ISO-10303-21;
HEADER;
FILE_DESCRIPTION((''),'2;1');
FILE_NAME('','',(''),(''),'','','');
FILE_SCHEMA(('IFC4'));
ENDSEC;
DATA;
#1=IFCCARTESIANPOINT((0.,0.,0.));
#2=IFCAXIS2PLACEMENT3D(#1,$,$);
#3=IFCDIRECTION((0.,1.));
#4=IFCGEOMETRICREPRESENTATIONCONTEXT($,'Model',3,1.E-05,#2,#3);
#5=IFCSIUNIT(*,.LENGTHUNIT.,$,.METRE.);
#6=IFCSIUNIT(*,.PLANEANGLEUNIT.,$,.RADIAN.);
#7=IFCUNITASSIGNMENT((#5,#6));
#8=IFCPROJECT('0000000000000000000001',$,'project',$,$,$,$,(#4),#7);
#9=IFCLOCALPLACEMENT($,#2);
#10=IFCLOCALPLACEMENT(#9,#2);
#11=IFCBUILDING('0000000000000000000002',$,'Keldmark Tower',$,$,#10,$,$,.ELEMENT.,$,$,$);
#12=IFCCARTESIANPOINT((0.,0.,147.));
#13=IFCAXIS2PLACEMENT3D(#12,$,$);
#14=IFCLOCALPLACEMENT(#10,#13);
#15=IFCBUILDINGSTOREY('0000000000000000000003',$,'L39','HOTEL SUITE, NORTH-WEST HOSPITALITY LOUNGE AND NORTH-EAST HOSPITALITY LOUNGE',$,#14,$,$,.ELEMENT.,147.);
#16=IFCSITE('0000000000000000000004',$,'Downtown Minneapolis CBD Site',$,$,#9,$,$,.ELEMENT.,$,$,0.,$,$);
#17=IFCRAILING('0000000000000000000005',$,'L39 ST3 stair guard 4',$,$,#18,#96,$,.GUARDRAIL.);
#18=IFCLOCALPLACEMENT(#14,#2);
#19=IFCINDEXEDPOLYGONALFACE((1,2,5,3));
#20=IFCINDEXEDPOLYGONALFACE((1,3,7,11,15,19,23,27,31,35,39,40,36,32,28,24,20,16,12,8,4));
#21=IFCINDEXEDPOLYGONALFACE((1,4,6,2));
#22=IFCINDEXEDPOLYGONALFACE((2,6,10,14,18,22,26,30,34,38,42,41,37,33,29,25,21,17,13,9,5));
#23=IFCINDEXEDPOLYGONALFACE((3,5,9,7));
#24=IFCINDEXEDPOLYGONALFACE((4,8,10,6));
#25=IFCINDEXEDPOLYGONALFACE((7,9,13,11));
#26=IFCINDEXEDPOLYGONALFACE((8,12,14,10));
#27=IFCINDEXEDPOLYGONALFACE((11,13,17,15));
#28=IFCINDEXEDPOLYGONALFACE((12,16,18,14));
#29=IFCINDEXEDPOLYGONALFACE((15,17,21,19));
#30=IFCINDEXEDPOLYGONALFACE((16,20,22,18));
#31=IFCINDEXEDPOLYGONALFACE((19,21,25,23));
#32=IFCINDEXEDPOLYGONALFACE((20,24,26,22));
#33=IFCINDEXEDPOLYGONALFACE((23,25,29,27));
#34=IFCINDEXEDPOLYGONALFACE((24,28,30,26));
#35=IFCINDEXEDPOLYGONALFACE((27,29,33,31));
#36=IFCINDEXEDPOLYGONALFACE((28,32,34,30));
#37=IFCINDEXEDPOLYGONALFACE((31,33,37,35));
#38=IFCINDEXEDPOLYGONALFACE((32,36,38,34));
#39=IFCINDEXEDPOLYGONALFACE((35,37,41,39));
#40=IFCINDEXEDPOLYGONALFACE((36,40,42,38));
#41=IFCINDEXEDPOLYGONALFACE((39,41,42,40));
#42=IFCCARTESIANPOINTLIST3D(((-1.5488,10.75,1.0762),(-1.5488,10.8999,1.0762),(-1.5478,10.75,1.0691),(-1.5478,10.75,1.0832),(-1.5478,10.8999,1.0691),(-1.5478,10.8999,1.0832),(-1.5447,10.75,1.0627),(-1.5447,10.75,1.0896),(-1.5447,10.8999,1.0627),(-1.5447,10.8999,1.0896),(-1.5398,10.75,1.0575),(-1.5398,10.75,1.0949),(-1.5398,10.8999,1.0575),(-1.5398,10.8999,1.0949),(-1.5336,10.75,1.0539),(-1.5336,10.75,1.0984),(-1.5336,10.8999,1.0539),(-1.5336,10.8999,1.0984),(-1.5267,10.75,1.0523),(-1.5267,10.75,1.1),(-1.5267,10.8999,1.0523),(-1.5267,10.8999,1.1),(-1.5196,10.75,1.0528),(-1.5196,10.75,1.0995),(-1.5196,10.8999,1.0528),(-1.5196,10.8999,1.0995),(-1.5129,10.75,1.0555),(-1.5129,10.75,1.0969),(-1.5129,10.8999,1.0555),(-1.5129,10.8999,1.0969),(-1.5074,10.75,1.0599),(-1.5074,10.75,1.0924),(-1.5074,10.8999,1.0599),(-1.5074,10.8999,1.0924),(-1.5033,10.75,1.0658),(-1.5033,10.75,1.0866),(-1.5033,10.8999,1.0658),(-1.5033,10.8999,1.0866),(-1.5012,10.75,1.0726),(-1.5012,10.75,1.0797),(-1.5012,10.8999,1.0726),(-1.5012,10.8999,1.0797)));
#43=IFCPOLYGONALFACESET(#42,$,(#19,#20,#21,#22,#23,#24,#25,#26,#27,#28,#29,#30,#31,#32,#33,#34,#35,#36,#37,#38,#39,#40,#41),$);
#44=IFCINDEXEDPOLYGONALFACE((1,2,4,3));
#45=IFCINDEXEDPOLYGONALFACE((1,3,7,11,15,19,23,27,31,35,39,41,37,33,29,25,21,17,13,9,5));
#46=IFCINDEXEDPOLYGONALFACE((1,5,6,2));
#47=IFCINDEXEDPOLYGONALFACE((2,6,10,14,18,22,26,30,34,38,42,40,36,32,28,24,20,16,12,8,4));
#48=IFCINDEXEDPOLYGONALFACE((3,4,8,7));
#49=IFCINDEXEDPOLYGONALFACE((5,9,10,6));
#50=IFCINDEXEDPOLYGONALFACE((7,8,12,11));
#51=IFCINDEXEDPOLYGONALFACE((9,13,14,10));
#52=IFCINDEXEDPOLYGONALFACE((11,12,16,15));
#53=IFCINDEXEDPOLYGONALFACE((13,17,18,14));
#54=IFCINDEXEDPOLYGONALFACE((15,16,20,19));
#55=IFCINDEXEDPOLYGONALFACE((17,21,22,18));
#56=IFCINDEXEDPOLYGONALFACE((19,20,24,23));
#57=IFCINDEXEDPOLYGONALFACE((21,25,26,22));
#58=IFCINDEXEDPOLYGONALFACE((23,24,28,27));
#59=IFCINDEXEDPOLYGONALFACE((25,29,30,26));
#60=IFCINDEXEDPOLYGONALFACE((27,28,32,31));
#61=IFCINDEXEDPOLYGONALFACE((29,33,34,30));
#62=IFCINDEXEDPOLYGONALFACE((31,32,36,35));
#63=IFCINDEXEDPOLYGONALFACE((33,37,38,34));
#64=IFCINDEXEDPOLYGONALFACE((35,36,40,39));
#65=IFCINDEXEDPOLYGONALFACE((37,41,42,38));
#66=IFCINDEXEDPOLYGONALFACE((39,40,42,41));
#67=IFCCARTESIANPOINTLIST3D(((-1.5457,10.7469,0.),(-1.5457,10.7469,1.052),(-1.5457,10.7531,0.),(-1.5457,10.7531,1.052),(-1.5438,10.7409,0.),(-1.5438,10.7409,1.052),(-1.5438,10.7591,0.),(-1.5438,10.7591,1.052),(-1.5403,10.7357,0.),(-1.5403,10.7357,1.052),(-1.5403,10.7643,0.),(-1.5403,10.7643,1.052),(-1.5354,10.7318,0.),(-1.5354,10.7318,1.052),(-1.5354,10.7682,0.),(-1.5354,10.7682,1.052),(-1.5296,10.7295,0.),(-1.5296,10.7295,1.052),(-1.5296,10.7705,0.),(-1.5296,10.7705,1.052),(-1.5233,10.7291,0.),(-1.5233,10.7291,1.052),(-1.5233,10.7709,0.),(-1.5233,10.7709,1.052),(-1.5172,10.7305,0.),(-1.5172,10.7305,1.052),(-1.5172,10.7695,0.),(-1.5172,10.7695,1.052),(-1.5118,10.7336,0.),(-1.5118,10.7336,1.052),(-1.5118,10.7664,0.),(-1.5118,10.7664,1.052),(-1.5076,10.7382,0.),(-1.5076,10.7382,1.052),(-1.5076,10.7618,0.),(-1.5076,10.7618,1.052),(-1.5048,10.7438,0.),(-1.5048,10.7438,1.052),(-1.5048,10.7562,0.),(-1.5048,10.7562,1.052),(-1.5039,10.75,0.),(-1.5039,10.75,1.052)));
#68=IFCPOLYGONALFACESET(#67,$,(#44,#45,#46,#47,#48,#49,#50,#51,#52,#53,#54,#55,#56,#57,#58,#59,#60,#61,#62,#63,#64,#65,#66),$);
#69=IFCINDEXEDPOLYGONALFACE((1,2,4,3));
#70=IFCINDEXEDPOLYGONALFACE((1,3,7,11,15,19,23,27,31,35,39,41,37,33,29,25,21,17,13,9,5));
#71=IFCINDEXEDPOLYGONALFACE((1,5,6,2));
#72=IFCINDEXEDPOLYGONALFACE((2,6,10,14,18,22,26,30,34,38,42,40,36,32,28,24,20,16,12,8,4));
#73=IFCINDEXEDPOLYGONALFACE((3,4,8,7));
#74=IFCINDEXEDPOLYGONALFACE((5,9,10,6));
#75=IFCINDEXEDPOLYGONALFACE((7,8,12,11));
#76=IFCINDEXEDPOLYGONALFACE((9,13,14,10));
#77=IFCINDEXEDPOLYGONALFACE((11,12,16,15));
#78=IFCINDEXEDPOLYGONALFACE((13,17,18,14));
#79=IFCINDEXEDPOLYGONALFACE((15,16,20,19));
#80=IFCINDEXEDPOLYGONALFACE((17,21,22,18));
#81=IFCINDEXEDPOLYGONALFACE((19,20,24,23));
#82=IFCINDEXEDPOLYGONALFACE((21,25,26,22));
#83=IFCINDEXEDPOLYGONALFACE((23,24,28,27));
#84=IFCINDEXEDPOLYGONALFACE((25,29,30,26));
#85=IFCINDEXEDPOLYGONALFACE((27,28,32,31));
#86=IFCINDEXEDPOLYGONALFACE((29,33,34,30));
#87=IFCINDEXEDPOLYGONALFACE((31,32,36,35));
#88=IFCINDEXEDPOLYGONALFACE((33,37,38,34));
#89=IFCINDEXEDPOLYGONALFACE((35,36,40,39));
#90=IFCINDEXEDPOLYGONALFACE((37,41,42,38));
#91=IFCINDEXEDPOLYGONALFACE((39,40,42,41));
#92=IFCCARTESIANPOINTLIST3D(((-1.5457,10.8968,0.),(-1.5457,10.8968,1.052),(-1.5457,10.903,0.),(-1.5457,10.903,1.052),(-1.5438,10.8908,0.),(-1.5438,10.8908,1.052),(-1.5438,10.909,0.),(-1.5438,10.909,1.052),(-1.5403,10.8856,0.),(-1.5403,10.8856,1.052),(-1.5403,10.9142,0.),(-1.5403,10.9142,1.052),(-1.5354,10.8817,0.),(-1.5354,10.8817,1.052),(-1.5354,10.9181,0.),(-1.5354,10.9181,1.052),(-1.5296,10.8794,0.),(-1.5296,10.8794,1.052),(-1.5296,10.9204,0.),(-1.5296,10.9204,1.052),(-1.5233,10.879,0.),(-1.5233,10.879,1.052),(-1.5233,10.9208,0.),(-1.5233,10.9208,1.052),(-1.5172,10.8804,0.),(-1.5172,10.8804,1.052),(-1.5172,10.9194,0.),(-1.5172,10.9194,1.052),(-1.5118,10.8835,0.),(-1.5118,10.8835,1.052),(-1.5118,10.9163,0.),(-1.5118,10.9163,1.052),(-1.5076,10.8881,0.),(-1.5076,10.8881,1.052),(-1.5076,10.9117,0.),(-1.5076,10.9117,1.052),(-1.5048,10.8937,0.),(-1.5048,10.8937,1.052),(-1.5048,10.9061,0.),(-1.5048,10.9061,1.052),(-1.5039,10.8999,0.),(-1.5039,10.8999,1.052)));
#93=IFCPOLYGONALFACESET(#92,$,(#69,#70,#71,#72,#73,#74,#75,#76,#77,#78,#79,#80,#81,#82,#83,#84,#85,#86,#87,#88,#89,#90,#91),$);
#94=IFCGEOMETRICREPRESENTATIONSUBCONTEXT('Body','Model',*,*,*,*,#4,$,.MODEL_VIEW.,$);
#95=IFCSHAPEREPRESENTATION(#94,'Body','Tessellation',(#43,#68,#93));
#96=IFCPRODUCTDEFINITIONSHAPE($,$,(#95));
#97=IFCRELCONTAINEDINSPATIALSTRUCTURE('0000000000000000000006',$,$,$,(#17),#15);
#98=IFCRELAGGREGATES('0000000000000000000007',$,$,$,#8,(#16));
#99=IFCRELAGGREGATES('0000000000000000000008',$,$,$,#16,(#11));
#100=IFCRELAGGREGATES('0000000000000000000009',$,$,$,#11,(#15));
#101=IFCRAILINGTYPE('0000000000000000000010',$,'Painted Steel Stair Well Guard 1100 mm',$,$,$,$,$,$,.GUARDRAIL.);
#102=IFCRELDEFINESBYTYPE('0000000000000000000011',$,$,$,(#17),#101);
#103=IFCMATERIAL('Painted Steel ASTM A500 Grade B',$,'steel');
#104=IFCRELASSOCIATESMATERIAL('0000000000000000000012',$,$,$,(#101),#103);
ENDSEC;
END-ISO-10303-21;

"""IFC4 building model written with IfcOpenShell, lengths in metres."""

from ifc_helpers import new_model, si_unit, direction, frame, origin, origin_2d, place, context, subcontext, project, spatial, circle, extrude, material, type_object, element, save


model = new_model("IFC4")

# Units and contexts
model_context = context("Model", 3, precision=1e-05, world=origin(), true_north=direction((0.0, 1.0)))
body_context = subcontext(model_context, "Body", "Model", "MODEL_VIEW")
ifc_project = project(units=[si_unit("LENGTHUNIT", "METRE"), si_unit("PLANEANGLEUNIT", "RADIAN")], contexts=[model_context])

# Site, building, storey
site_placement = place(None, origin())
site = spatial("IfcSite", under=ifc_project, at=site_placement, Name="Downtown Minneapolis CBD Site", CompositionType="ELEMENT", RefElevation=0.0)
building_placement = place(site_placement, origin())
building = spatial("IfcBuilding", under=site, at=building_placement, Name="Keldmark Tower", CompositionType="ELEMENT")
storey_placement = place(building_placement, frame((0.0, 0.0, 147.0)))
storey = spatial("IfcBuildingStorey", under=building, at=storey_placement, Name="L39", Description="HOTEL SUITE, NORTH-WEST HOSPITALITY LOUNGE AND NORTH-EAST HOSPITALITY LOUNGE", CompositionType="ELEMENT", Elevation=147.0)

# Railing
ifc_material_1 = material(Name="Painted Steel ASTM A500 Grade B", Category="steel")
railing_type = type_object("IfcRailingType", Name="Painted Steel Stair Well Guard 1100 mm", PredefinedType="GUARDRAIL", material=ifc_material_1)
railing_1_placement = place(storey_placement, frame((-1.5249, 10.75, 0.0)))
element("IfcRailing", 1, at=railing_1_placement, inside=storey, type_object=railing_type, Name="L39 ST3 stair guard 4", PredefinedType="GUARDRAIL", context=body_context, shape_type="SweptSolid", body=[
    extrude(circle(Radius=0.0239, at=origin_2d()), frame((0.0, 0.0, 1.0762), z_axis=(0.0, 1.0, 0.0), x_axis=(-1.0, 0.0, 0.0)), (0.0, 0.0, 1.0), 0.1499),
    extrude(circle(Radius=0.021, at=origin_2d()), origin(), (0.0, 0.0, 1.0), 1.052),
    extrude(circle(Radius=0.021, at=origin_2d()), frame((0.0, 0.1499, 0.0)), (0.0, 0.0, 1.0), 1.052),
])

save(model, "model.ifc")
